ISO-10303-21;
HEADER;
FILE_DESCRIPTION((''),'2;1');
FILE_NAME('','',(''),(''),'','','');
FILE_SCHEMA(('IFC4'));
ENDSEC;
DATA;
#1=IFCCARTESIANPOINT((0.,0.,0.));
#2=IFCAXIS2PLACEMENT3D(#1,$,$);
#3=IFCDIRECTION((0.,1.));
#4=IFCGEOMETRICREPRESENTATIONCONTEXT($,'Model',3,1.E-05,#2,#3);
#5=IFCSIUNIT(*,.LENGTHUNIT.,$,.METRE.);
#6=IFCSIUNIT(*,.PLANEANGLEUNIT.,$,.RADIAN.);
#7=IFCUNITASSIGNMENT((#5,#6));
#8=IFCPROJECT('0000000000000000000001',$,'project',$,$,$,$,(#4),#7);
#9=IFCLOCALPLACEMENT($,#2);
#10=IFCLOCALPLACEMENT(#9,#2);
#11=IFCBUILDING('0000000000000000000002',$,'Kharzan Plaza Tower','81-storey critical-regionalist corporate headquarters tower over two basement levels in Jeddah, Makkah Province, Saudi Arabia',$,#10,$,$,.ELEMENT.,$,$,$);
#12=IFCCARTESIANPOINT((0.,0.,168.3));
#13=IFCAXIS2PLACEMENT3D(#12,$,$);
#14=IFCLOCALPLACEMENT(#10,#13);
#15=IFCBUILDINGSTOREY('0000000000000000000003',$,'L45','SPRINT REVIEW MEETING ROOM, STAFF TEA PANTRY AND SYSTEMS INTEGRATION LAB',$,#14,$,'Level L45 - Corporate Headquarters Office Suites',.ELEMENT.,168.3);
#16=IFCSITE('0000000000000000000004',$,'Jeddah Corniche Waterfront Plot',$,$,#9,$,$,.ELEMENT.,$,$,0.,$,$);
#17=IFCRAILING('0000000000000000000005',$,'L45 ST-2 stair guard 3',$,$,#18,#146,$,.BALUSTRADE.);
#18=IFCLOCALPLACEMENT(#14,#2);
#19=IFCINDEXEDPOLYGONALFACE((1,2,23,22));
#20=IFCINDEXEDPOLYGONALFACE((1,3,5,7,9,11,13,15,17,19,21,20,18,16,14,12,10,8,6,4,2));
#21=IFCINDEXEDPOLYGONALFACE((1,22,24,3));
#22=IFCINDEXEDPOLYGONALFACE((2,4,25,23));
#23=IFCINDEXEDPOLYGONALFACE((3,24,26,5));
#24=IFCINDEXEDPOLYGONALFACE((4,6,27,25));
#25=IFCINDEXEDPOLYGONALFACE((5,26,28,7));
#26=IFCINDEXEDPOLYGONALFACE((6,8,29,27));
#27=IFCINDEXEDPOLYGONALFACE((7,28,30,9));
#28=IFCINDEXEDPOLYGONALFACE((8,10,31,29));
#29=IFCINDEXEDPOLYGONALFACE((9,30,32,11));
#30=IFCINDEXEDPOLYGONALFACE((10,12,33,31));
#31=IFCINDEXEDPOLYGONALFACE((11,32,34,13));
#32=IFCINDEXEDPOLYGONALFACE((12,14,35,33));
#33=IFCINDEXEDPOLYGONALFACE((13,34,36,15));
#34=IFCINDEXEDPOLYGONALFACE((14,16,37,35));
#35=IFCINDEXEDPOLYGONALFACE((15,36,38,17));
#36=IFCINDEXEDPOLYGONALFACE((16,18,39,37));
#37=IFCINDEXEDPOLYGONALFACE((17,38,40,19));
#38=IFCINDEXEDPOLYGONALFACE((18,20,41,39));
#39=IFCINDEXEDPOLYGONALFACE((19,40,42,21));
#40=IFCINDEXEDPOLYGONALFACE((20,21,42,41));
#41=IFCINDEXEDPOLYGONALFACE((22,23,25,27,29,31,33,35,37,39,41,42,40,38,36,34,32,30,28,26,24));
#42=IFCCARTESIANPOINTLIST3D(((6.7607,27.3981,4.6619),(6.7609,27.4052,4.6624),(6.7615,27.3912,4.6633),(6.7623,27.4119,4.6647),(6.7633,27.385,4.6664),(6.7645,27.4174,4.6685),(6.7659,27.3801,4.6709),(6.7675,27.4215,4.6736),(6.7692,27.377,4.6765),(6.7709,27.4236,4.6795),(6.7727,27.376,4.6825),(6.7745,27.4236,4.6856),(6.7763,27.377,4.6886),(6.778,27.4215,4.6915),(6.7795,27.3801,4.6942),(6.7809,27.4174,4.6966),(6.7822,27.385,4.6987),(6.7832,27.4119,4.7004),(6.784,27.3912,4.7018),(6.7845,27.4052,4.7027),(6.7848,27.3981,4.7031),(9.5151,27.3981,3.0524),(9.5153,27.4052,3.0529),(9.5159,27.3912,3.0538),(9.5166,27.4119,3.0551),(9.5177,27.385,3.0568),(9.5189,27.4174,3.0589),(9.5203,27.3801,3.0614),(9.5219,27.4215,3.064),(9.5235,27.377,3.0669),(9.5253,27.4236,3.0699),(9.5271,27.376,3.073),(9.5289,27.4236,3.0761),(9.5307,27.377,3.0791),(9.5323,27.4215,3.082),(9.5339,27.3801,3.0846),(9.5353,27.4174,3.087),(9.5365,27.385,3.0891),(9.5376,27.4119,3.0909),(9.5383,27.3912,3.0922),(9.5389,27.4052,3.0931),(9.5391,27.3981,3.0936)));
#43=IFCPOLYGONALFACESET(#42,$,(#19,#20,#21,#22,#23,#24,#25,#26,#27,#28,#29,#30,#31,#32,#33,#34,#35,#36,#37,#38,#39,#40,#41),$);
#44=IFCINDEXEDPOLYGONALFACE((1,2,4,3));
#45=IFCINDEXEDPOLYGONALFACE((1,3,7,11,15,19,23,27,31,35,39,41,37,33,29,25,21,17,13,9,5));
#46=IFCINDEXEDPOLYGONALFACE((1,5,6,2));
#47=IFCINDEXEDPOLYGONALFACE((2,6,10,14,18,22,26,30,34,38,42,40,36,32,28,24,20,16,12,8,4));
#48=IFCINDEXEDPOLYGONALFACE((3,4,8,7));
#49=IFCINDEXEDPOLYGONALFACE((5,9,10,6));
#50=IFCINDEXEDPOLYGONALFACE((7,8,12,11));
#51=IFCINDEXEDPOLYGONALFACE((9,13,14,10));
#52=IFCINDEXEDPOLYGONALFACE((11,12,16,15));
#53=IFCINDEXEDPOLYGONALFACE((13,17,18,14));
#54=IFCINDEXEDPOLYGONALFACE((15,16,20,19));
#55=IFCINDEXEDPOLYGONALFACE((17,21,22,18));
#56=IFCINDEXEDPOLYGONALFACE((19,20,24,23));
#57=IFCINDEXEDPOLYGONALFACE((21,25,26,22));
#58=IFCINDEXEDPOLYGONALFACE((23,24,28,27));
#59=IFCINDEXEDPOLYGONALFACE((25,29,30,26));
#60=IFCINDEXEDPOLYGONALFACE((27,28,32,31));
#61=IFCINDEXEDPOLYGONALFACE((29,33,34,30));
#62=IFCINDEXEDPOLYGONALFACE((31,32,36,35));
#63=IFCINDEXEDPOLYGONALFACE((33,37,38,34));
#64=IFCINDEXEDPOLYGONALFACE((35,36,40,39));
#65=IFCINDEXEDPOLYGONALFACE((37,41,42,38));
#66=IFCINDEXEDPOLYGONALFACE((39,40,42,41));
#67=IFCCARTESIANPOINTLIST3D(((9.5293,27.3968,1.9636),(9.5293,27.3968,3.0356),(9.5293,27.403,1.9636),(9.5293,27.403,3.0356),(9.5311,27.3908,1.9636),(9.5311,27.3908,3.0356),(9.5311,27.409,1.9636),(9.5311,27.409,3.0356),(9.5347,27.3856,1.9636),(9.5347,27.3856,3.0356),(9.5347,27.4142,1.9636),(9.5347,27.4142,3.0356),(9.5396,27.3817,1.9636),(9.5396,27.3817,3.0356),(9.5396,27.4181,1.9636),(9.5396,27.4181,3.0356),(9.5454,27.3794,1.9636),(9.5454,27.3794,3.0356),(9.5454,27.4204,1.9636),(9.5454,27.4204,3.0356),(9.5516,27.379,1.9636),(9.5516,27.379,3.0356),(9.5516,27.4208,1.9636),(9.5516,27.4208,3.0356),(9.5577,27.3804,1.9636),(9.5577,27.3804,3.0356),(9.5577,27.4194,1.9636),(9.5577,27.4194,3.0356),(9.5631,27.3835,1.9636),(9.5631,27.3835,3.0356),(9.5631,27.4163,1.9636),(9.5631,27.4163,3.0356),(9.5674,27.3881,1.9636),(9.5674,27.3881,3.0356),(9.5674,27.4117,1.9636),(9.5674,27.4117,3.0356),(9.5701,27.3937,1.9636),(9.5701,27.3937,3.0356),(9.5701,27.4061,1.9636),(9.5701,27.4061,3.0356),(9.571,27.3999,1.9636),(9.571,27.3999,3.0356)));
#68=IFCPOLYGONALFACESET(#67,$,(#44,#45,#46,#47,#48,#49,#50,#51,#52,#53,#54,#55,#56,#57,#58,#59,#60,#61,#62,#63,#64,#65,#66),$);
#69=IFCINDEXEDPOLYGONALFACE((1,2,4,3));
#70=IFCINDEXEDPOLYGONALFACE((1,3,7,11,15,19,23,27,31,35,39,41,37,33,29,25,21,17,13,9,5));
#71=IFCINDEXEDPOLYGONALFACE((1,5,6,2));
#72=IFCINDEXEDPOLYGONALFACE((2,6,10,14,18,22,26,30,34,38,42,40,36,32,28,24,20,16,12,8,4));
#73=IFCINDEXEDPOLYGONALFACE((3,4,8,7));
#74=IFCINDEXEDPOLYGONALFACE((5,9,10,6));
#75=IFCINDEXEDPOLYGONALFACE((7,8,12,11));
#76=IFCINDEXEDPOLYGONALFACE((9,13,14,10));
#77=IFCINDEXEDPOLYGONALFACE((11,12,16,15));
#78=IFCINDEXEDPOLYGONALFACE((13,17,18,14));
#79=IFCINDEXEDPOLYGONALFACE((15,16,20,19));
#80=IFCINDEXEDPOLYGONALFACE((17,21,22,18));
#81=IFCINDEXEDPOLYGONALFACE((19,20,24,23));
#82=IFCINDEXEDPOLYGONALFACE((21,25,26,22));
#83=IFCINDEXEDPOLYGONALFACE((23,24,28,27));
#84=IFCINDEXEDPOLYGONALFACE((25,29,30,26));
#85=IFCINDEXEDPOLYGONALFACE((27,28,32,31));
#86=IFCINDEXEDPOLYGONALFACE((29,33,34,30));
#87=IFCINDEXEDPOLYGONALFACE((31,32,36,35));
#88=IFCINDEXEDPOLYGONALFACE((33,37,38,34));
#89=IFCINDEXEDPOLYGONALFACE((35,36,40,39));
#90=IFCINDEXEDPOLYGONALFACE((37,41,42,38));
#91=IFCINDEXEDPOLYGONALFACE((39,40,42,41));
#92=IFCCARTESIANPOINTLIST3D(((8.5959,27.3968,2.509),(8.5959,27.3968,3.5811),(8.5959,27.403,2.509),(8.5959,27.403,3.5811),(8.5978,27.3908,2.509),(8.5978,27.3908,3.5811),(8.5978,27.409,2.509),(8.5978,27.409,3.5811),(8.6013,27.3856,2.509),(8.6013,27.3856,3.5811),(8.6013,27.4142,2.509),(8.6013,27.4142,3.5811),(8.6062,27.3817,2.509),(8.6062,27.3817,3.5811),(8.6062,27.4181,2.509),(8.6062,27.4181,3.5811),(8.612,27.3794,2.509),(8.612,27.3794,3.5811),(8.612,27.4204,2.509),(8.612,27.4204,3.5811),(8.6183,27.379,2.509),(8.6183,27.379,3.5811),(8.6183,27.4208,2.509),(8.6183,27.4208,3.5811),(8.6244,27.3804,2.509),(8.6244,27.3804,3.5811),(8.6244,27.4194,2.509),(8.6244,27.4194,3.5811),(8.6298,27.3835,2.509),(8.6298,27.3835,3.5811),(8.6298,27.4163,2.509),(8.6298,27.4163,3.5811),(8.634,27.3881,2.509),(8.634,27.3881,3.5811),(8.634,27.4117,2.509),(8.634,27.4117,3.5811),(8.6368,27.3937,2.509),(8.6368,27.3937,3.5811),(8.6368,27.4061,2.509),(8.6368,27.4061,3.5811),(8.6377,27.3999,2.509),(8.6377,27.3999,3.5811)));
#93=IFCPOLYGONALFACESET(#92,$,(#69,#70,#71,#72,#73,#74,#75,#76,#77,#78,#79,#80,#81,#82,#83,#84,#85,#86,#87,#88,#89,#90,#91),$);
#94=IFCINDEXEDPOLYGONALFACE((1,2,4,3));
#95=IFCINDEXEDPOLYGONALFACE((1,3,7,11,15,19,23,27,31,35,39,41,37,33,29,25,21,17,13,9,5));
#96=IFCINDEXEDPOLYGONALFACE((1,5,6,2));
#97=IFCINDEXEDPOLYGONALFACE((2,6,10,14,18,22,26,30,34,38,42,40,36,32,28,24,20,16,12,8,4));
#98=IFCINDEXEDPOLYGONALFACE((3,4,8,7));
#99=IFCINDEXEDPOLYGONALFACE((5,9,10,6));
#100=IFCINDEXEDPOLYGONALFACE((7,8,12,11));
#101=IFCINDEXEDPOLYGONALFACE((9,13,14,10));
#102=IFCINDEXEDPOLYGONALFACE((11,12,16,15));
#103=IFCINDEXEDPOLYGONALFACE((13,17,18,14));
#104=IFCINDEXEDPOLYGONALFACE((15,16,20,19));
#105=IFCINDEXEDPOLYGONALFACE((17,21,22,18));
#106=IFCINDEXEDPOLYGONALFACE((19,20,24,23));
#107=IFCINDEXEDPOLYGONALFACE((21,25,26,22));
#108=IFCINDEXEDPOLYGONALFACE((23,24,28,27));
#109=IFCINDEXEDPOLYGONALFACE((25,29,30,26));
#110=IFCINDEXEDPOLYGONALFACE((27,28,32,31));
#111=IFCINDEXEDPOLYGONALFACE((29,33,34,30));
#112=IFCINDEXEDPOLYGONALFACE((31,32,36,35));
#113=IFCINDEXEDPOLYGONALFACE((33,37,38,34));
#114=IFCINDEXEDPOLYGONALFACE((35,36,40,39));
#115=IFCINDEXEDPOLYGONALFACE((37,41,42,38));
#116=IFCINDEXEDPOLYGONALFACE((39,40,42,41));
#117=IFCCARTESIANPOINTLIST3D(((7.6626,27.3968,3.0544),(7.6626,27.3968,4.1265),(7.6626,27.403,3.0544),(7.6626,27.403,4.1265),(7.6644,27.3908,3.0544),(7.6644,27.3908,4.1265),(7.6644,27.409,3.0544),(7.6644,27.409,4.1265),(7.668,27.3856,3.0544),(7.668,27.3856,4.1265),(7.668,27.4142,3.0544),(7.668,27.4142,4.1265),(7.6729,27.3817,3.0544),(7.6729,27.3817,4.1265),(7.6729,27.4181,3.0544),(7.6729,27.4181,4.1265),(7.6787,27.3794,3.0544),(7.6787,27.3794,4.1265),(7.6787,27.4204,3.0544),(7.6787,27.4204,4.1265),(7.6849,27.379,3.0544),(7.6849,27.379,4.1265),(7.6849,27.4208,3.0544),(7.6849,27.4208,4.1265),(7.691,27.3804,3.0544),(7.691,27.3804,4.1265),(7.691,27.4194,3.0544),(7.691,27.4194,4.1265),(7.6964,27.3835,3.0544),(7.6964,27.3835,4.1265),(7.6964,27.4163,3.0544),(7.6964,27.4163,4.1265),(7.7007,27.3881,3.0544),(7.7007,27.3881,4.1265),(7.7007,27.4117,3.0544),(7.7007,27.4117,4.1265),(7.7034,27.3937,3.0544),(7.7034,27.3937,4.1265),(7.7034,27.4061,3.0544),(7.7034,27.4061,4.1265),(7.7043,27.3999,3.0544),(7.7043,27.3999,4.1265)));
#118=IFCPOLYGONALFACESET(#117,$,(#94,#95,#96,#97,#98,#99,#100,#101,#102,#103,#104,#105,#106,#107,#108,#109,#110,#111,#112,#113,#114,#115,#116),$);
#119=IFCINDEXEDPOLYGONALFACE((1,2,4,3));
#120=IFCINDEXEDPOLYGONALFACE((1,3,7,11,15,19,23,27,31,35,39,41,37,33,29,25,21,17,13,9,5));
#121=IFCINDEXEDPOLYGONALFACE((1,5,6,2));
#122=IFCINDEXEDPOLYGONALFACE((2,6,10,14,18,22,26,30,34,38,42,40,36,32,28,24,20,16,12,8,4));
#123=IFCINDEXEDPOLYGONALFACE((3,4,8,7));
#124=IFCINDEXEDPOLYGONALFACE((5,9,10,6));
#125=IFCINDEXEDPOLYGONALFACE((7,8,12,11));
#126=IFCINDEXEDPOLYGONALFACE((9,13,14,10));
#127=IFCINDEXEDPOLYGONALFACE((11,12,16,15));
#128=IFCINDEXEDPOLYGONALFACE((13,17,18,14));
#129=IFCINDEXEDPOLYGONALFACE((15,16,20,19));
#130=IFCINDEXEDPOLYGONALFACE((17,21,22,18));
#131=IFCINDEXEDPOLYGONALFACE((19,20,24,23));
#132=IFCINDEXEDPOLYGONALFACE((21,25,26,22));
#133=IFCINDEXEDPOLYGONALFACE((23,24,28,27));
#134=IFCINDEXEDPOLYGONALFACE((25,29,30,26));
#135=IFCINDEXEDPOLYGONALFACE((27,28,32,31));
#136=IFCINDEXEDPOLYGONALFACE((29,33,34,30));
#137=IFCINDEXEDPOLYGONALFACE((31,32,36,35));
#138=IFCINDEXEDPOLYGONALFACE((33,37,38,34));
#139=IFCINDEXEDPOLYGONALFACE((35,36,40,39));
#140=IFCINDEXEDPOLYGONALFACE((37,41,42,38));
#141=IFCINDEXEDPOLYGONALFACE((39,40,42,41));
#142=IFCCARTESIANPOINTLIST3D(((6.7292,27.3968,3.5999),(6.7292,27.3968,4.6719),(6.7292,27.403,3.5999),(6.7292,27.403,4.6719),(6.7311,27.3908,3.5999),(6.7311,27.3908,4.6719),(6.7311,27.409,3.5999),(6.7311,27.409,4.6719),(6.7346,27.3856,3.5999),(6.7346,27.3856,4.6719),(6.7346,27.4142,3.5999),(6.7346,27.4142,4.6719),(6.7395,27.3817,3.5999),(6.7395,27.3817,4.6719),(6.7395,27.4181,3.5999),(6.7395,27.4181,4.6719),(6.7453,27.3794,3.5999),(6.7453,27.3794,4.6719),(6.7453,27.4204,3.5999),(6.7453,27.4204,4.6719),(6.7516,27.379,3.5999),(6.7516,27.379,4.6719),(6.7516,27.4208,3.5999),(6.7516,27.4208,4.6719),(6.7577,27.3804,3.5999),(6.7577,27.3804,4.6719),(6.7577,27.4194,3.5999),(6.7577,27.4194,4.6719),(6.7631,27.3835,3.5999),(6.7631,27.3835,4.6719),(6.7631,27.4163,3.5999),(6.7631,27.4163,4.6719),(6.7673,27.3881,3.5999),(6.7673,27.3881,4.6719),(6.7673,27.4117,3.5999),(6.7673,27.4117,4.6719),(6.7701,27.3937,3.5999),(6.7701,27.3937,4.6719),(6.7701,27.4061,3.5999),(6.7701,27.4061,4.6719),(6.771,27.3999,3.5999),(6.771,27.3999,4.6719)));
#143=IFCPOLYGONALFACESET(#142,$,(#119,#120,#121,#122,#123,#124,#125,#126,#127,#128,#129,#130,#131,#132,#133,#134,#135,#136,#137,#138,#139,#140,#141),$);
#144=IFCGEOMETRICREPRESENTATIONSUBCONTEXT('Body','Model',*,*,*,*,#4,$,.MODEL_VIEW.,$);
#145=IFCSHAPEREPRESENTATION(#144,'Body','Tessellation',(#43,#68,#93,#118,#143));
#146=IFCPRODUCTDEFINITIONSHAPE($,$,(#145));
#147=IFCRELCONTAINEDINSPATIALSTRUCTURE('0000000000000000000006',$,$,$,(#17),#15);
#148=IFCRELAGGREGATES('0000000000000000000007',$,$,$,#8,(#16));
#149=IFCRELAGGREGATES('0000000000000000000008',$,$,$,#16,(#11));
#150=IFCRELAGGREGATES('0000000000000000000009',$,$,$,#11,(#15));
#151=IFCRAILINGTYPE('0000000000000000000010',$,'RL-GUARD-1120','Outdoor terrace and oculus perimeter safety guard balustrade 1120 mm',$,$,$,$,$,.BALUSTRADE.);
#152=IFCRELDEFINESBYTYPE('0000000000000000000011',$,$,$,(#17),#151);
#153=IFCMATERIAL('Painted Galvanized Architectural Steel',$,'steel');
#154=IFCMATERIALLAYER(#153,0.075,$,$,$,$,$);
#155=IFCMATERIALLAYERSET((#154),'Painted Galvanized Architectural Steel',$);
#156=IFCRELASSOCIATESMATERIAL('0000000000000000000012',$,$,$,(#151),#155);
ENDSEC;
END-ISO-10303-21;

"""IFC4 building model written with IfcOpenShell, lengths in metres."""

from ifc_helpers import new_model, si_unit, direction, frame, origin, origin_2d, place, context, subcontext, project, spatial, circle, extrude, source, transform, mapped, material, layer, layer_set, type_object, element, save


model = new_model("IFC4")

# Units and contexts
model_context = context("Model", 3, precision=1e-05, world=origin(), true_north=direction((0.0, 1.0)))
body_context = subcontext(model_context, "Body", "Model", "MODEL_VIEW")
ifc_project = project(units=[si_unit("LENGTHUNIT", "METRE"), si_unit("PLANEANGLEUNIT", "RADIAN")], contexts=[model_context])

# Site, building, storey
site_placement = place(None, origin())
site = spatial("IfcSite", under=ifc_project, at=site_placement, Name="Jeddah Corniche Waterfront Plot", CompositionType="ELEMENT", RefElevation=0.0)
building_placement = place(site_placement, origin())
building = spatial("IfcBuilding", under=site, at=building_placement, Name="Kharzan Plaza Tower", Description="81-storey critical-regionalist corporate headquarters tower over two basement levels in Jeddah, Makkah Province, Saudi Arabia", CompositionType="ELEMENT")
storey_placement = place(building_placement, frame((0.0, 0.0, 168.3)))
storey = spatial("IfcBuildingStorey", under=building, at=storey_placement, Name="L45", Description="SPRINT REVIEW MEETING ROOM, STAFF TEA PANTRY AND SYSTEMS INTEGRATION LAB", LongName="Level L45 - Corporate Headquarters Office Suites", CompositionType="ELEMENT", Elevation=168.3)

# Railing
ifc_material_1 = material(Name="Painted Galvanized Architectural Steel", Category="steel")
ifc_layer_1 = layer(ifc_material_1, 0.075)
ifc_layer_set_1 = layer_set([ifc_layer_1], Name="Painted Galvanized Architectural Steel")
railing_type_1 = type_object("IfcRailingType", Name="RL-GUARD-1120", Description="Outdoor terrace and oculus perimeter safety guard balustrade 1120 mm", PredefinedType="BALUSTRADE", material=ifc_layer_set_1)
shared_shape_1 = source(origin(), body_context, "Body", "SweptSolid", [
    extrude(circle(Radius=0.0239, at=origin_2d()), frame((-0.0229, 0.0, 1.1094), z_axis=(-0.863394, 0.0, 0.504531), x_axis=(0.0, -1.0, 0.0)), (0.0, 0.0, 1.0), 3.1902),
    extrude(circle(Radius=0.021, at=origin_2d()), origin(), (0.0, 0.0, 1.0), 1.072),
    extrude(circle(Radius=0.021, at=origin_2d()), frame((-0.9333, 0.0, 0.5454)), (0.0, 0.0, 1.0), 1.072),
    extrude(circle(Radius=0.021, at=origin_2d()), frame((-1.8667, 0.0, 1.0908)), (0.0, 0.0, 1.0), 1.072),
    extrude(circle(Radius=0.021, at=origin_2d()), frame((-2.8, 0.0, 1.6362)), (0.0, 0.0, 1.0), 1.072),
])
railing_1_placement = place(storey_placement, frame((9.55, 27.3999, 1.9636)))
element("IfcRailing", 1, at=railing_1_placement, inside=storey, type_object=railing_type_1, Name="L45 ST-2 stair guard 3", PredefinedType="BALUSTRADE", context=body_context, shape_type="MappedRepresentation", body=[
    mapped(shared_shape_1, transform((0.0, 0.0, 0.0), x_axis=(1.0, 0.0, 0.0), y_axis=(0.0, 1.0, 0.0), z_axis=(0.0, 0.0, 1.0))),
])

save(model, "model.ifc")
